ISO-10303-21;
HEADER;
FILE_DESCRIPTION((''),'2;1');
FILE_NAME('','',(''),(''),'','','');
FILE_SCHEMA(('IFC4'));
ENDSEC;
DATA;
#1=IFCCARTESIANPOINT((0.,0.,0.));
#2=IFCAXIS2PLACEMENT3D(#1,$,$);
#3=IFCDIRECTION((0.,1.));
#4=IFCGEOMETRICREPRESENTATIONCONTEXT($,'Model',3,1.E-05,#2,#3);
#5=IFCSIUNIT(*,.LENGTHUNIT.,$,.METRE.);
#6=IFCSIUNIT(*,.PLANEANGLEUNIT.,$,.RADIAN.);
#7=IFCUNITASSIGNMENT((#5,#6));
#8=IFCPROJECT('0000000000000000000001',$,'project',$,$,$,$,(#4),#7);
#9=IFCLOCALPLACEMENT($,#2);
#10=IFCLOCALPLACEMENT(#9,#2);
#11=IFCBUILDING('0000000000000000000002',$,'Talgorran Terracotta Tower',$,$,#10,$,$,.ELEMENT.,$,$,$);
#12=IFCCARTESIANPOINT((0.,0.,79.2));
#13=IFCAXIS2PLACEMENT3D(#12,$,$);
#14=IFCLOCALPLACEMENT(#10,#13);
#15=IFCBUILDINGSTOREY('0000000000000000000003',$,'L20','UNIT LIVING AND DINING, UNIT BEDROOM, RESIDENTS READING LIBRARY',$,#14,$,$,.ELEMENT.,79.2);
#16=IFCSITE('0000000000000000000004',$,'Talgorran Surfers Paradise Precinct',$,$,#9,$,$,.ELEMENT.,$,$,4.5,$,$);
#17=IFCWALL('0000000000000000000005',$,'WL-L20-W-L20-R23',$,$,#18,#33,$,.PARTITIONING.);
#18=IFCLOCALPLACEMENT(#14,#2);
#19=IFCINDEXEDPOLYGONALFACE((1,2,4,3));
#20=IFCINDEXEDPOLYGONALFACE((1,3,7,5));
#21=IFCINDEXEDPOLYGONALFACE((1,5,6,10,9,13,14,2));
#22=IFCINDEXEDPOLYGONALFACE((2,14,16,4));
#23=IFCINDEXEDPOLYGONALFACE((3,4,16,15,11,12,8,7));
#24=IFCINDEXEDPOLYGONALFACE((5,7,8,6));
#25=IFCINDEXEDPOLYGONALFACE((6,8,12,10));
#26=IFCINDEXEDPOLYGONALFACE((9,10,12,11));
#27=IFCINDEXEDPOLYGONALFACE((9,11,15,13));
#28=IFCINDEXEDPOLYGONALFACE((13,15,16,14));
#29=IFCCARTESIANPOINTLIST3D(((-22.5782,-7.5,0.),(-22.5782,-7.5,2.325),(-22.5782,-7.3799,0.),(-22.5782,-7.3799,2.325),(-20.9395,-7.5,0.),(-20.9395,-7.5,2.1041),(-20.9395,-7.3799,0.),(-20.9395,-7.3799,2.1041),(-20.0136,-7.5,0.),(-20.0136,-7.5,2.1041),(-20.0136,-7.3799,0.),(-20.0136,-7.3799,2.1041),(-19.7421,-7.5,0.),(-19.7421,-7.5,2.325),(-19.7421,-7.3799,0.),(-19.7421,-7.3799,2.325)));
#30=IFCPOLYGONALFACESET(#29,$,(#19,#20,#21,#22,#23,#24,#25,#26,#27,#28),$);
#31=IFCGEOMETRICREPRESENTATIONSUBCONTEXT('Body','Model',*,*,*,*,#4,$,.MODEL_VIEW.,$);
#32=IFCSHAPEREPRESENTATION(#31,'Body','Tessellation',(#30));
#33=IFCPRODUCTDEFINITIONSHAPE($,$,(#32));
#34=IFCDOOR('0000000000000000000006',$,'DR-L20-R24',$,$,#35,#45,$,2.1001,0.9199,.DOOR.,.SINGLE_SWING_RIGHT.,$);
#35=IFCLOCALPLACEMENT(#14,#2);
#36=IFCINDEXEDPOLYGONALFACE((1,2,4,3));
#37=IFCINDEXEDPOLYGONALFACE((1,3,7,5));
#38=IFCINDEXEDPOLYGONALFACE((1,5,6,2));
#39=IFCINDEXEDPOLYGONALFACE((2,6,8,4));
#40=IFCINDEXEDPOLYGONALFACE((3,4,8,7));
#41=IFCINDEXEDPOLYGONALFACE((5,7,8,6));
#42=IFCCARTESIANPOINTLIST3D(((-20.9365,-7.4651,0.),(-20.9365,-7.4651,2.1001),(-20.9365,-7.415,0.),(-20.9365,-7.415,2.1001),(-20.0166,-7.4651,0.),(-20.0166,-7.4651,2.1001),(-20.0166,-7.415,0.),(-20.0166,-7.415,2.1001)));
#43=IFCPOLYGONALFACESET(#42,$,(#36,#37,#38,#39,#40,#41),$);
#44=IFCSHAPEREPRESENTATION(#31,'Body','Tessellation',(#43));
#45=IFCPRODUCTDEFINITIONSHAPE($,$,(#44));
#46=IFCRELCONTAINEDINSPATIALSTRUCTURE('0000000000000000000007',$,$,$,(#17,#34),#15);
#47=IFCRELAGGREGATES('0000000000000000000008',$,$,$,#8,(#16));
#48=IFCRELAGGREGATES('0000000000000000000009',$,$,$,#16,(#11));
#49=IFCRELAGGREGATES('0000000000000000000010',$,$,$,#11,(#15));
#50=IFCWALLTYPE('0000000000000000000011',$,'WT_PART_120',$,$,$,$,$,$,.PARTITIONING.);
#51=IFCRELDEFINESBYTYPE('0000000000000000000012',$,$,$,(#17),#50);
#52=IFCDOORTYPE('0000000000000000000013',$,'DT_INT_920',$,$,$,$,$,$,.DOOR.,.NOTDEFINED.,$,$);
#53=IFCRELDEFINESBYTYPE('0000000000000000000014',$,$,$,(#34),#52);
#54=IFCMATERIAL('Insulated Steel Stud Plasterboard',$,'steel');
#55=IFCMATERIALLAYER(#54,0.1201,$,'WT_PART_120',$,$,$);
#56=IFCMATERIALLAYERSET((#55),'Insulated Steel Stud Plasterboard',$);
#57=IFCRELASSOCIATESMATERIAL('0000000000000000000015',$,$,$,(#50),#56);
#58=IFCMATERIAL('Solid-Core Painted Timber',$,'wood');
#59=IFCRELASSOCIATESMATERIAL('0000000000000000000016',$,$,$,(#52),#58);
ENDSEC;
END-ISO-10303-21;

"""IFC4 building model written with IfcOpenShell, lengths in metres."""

from ifc_helpers import new_model, si_unit, direction, frame, frame_2d, origin, place, context, subcontext, project, spatial, rectangle, extrude, material, layer, layer_set, type_object, element, fill, save


model = new_model("IFC4")

# Units and contexts
model_context = context("Model", 3, precision=1e-05, world=origin(), true_north=direction((0.0, 1.0)))
body_context = subcontext(model_context, "Body", "Model", "MODEL_VIEW")
ifc_project = project(units=[si_unit("LENGTHUNIT", "METRE"), si_unit("PLANEANGLEUNIT", "RADIAN")], contexts=[model_context])

# Site, building, storey
site_placement = place(None, origin())
site = spatial("IfcSite", under=ifc_project, at=site_placement, Name="Talgorran Surfers Paradise Precinct", CompositionType="ELEMENT", RefElevation=4.5)
building_placement = place(site_placement, origin())
building = spatial("IfcBuilding", under=site, at=building_placement, Name="Talgorran Terracotta Tower", CompositionType="ELEMENT")
storey_placement = place(building_placement, frame((0.0, 0.0, 79.2)))
storey = spatial("IfcBuildingStorey", under=building, at=storey_placement, Name="L20", Description="UNIT LIVING AND DINING, UNIT BEDROOM, RESIDENTS READING LIBRARY", CompositionType="ELEMENT", Elevation=79.2)

# Wall, opening, door
ifc_material_1 = material(Name="Insulated Steel Stud Plasterboard", Category="steel")
ifc_layer_1 = layer(ifc_material_1, 0.1201, Name="WT_PART_120")
ifc_layer_set_1 = layer_set([ifc_layer_1], Name="Insulated Steel Stud Plasterboard")
wall_type_1 = type_object("IfcWallType", Name="WT_PART_120", PredefinedType="PARTITIONING", material=ifc_layer_set_1)
wall_1_placement = place(storey_placement, frame((-22.5781, -7.4399, 0.0), z_axis=(0.0, 0.0, 1.0), x_axis=(1.0, 0.0, 0.0)))
wall_1 = element("IfcWall", 1, at=wall_1_placement, inside=storey, type_object=wall_type_1, Name="WL-L20-W-L20-R23", PredefinedType="PARTITIONING", context=body_context, shape_type="SweptSolid", body=[
    extrude(rectangle(XDim=2.8362, YDim=0.1201, at=frame_2d((1.418, 0.0))), origin(), (0.0, 0.0, 1.0), 2.325),
])
opening_placement = place(wall_1_placement, frame((1.6416, 0.0, 0.0)))
opening = element("IfcOpeningElement", 2, at=opening_placement, cuts=wall_1, PredefinedType="OPENING", context=body_context, shape_type="SweptSolid", body=[
    extrude(rectangle(XDim=0.9259, YDim=2.1041, at=frame_2d((0.46, 1.052))), frame((0.0, 0.0701, 0.0), z_axis=(0.0, -1.0, 0.0), x_axis=(1.0, 0.0, 0.0)), (0.0, 0.0, 1.0), 0.1401),
])
ifc_material_2 = material(Name="Solid-Core Painted Timber", Category="wood")
door_type = type_object("IfcDoorType", Name="DT_INT_920", OperationType="NOTDEFINED", PredefinedType="DOOR", material=ifc_material_2)
door_placement = place(opening_placement, origin())
door = element("IfcDoor", 3, at=door_placement, inside=storey, type_object=door_type, Name="DR-L20-R24", OperationType="SINGLE_SWING_RIGHT", OverallHeight=2.1001, OverallWidth=0.9199, PredefinedType="DOOR", context=body_context, shape_type="SweptSolid", body=[
    extrude(rectangle(XDim=0.9199, YDim=2.1001, at=frame_2d((0.46, 1.05))), frame((0.0, 0.0249, 0.0), z_axis=(0.0, -1.0, 0.0), x_axis=(1.0, 0.0, 0.0)), (0.0, 0.0, 1.0), 0.05),
])
fill(opening, door)

save(model, "model.ifc")
